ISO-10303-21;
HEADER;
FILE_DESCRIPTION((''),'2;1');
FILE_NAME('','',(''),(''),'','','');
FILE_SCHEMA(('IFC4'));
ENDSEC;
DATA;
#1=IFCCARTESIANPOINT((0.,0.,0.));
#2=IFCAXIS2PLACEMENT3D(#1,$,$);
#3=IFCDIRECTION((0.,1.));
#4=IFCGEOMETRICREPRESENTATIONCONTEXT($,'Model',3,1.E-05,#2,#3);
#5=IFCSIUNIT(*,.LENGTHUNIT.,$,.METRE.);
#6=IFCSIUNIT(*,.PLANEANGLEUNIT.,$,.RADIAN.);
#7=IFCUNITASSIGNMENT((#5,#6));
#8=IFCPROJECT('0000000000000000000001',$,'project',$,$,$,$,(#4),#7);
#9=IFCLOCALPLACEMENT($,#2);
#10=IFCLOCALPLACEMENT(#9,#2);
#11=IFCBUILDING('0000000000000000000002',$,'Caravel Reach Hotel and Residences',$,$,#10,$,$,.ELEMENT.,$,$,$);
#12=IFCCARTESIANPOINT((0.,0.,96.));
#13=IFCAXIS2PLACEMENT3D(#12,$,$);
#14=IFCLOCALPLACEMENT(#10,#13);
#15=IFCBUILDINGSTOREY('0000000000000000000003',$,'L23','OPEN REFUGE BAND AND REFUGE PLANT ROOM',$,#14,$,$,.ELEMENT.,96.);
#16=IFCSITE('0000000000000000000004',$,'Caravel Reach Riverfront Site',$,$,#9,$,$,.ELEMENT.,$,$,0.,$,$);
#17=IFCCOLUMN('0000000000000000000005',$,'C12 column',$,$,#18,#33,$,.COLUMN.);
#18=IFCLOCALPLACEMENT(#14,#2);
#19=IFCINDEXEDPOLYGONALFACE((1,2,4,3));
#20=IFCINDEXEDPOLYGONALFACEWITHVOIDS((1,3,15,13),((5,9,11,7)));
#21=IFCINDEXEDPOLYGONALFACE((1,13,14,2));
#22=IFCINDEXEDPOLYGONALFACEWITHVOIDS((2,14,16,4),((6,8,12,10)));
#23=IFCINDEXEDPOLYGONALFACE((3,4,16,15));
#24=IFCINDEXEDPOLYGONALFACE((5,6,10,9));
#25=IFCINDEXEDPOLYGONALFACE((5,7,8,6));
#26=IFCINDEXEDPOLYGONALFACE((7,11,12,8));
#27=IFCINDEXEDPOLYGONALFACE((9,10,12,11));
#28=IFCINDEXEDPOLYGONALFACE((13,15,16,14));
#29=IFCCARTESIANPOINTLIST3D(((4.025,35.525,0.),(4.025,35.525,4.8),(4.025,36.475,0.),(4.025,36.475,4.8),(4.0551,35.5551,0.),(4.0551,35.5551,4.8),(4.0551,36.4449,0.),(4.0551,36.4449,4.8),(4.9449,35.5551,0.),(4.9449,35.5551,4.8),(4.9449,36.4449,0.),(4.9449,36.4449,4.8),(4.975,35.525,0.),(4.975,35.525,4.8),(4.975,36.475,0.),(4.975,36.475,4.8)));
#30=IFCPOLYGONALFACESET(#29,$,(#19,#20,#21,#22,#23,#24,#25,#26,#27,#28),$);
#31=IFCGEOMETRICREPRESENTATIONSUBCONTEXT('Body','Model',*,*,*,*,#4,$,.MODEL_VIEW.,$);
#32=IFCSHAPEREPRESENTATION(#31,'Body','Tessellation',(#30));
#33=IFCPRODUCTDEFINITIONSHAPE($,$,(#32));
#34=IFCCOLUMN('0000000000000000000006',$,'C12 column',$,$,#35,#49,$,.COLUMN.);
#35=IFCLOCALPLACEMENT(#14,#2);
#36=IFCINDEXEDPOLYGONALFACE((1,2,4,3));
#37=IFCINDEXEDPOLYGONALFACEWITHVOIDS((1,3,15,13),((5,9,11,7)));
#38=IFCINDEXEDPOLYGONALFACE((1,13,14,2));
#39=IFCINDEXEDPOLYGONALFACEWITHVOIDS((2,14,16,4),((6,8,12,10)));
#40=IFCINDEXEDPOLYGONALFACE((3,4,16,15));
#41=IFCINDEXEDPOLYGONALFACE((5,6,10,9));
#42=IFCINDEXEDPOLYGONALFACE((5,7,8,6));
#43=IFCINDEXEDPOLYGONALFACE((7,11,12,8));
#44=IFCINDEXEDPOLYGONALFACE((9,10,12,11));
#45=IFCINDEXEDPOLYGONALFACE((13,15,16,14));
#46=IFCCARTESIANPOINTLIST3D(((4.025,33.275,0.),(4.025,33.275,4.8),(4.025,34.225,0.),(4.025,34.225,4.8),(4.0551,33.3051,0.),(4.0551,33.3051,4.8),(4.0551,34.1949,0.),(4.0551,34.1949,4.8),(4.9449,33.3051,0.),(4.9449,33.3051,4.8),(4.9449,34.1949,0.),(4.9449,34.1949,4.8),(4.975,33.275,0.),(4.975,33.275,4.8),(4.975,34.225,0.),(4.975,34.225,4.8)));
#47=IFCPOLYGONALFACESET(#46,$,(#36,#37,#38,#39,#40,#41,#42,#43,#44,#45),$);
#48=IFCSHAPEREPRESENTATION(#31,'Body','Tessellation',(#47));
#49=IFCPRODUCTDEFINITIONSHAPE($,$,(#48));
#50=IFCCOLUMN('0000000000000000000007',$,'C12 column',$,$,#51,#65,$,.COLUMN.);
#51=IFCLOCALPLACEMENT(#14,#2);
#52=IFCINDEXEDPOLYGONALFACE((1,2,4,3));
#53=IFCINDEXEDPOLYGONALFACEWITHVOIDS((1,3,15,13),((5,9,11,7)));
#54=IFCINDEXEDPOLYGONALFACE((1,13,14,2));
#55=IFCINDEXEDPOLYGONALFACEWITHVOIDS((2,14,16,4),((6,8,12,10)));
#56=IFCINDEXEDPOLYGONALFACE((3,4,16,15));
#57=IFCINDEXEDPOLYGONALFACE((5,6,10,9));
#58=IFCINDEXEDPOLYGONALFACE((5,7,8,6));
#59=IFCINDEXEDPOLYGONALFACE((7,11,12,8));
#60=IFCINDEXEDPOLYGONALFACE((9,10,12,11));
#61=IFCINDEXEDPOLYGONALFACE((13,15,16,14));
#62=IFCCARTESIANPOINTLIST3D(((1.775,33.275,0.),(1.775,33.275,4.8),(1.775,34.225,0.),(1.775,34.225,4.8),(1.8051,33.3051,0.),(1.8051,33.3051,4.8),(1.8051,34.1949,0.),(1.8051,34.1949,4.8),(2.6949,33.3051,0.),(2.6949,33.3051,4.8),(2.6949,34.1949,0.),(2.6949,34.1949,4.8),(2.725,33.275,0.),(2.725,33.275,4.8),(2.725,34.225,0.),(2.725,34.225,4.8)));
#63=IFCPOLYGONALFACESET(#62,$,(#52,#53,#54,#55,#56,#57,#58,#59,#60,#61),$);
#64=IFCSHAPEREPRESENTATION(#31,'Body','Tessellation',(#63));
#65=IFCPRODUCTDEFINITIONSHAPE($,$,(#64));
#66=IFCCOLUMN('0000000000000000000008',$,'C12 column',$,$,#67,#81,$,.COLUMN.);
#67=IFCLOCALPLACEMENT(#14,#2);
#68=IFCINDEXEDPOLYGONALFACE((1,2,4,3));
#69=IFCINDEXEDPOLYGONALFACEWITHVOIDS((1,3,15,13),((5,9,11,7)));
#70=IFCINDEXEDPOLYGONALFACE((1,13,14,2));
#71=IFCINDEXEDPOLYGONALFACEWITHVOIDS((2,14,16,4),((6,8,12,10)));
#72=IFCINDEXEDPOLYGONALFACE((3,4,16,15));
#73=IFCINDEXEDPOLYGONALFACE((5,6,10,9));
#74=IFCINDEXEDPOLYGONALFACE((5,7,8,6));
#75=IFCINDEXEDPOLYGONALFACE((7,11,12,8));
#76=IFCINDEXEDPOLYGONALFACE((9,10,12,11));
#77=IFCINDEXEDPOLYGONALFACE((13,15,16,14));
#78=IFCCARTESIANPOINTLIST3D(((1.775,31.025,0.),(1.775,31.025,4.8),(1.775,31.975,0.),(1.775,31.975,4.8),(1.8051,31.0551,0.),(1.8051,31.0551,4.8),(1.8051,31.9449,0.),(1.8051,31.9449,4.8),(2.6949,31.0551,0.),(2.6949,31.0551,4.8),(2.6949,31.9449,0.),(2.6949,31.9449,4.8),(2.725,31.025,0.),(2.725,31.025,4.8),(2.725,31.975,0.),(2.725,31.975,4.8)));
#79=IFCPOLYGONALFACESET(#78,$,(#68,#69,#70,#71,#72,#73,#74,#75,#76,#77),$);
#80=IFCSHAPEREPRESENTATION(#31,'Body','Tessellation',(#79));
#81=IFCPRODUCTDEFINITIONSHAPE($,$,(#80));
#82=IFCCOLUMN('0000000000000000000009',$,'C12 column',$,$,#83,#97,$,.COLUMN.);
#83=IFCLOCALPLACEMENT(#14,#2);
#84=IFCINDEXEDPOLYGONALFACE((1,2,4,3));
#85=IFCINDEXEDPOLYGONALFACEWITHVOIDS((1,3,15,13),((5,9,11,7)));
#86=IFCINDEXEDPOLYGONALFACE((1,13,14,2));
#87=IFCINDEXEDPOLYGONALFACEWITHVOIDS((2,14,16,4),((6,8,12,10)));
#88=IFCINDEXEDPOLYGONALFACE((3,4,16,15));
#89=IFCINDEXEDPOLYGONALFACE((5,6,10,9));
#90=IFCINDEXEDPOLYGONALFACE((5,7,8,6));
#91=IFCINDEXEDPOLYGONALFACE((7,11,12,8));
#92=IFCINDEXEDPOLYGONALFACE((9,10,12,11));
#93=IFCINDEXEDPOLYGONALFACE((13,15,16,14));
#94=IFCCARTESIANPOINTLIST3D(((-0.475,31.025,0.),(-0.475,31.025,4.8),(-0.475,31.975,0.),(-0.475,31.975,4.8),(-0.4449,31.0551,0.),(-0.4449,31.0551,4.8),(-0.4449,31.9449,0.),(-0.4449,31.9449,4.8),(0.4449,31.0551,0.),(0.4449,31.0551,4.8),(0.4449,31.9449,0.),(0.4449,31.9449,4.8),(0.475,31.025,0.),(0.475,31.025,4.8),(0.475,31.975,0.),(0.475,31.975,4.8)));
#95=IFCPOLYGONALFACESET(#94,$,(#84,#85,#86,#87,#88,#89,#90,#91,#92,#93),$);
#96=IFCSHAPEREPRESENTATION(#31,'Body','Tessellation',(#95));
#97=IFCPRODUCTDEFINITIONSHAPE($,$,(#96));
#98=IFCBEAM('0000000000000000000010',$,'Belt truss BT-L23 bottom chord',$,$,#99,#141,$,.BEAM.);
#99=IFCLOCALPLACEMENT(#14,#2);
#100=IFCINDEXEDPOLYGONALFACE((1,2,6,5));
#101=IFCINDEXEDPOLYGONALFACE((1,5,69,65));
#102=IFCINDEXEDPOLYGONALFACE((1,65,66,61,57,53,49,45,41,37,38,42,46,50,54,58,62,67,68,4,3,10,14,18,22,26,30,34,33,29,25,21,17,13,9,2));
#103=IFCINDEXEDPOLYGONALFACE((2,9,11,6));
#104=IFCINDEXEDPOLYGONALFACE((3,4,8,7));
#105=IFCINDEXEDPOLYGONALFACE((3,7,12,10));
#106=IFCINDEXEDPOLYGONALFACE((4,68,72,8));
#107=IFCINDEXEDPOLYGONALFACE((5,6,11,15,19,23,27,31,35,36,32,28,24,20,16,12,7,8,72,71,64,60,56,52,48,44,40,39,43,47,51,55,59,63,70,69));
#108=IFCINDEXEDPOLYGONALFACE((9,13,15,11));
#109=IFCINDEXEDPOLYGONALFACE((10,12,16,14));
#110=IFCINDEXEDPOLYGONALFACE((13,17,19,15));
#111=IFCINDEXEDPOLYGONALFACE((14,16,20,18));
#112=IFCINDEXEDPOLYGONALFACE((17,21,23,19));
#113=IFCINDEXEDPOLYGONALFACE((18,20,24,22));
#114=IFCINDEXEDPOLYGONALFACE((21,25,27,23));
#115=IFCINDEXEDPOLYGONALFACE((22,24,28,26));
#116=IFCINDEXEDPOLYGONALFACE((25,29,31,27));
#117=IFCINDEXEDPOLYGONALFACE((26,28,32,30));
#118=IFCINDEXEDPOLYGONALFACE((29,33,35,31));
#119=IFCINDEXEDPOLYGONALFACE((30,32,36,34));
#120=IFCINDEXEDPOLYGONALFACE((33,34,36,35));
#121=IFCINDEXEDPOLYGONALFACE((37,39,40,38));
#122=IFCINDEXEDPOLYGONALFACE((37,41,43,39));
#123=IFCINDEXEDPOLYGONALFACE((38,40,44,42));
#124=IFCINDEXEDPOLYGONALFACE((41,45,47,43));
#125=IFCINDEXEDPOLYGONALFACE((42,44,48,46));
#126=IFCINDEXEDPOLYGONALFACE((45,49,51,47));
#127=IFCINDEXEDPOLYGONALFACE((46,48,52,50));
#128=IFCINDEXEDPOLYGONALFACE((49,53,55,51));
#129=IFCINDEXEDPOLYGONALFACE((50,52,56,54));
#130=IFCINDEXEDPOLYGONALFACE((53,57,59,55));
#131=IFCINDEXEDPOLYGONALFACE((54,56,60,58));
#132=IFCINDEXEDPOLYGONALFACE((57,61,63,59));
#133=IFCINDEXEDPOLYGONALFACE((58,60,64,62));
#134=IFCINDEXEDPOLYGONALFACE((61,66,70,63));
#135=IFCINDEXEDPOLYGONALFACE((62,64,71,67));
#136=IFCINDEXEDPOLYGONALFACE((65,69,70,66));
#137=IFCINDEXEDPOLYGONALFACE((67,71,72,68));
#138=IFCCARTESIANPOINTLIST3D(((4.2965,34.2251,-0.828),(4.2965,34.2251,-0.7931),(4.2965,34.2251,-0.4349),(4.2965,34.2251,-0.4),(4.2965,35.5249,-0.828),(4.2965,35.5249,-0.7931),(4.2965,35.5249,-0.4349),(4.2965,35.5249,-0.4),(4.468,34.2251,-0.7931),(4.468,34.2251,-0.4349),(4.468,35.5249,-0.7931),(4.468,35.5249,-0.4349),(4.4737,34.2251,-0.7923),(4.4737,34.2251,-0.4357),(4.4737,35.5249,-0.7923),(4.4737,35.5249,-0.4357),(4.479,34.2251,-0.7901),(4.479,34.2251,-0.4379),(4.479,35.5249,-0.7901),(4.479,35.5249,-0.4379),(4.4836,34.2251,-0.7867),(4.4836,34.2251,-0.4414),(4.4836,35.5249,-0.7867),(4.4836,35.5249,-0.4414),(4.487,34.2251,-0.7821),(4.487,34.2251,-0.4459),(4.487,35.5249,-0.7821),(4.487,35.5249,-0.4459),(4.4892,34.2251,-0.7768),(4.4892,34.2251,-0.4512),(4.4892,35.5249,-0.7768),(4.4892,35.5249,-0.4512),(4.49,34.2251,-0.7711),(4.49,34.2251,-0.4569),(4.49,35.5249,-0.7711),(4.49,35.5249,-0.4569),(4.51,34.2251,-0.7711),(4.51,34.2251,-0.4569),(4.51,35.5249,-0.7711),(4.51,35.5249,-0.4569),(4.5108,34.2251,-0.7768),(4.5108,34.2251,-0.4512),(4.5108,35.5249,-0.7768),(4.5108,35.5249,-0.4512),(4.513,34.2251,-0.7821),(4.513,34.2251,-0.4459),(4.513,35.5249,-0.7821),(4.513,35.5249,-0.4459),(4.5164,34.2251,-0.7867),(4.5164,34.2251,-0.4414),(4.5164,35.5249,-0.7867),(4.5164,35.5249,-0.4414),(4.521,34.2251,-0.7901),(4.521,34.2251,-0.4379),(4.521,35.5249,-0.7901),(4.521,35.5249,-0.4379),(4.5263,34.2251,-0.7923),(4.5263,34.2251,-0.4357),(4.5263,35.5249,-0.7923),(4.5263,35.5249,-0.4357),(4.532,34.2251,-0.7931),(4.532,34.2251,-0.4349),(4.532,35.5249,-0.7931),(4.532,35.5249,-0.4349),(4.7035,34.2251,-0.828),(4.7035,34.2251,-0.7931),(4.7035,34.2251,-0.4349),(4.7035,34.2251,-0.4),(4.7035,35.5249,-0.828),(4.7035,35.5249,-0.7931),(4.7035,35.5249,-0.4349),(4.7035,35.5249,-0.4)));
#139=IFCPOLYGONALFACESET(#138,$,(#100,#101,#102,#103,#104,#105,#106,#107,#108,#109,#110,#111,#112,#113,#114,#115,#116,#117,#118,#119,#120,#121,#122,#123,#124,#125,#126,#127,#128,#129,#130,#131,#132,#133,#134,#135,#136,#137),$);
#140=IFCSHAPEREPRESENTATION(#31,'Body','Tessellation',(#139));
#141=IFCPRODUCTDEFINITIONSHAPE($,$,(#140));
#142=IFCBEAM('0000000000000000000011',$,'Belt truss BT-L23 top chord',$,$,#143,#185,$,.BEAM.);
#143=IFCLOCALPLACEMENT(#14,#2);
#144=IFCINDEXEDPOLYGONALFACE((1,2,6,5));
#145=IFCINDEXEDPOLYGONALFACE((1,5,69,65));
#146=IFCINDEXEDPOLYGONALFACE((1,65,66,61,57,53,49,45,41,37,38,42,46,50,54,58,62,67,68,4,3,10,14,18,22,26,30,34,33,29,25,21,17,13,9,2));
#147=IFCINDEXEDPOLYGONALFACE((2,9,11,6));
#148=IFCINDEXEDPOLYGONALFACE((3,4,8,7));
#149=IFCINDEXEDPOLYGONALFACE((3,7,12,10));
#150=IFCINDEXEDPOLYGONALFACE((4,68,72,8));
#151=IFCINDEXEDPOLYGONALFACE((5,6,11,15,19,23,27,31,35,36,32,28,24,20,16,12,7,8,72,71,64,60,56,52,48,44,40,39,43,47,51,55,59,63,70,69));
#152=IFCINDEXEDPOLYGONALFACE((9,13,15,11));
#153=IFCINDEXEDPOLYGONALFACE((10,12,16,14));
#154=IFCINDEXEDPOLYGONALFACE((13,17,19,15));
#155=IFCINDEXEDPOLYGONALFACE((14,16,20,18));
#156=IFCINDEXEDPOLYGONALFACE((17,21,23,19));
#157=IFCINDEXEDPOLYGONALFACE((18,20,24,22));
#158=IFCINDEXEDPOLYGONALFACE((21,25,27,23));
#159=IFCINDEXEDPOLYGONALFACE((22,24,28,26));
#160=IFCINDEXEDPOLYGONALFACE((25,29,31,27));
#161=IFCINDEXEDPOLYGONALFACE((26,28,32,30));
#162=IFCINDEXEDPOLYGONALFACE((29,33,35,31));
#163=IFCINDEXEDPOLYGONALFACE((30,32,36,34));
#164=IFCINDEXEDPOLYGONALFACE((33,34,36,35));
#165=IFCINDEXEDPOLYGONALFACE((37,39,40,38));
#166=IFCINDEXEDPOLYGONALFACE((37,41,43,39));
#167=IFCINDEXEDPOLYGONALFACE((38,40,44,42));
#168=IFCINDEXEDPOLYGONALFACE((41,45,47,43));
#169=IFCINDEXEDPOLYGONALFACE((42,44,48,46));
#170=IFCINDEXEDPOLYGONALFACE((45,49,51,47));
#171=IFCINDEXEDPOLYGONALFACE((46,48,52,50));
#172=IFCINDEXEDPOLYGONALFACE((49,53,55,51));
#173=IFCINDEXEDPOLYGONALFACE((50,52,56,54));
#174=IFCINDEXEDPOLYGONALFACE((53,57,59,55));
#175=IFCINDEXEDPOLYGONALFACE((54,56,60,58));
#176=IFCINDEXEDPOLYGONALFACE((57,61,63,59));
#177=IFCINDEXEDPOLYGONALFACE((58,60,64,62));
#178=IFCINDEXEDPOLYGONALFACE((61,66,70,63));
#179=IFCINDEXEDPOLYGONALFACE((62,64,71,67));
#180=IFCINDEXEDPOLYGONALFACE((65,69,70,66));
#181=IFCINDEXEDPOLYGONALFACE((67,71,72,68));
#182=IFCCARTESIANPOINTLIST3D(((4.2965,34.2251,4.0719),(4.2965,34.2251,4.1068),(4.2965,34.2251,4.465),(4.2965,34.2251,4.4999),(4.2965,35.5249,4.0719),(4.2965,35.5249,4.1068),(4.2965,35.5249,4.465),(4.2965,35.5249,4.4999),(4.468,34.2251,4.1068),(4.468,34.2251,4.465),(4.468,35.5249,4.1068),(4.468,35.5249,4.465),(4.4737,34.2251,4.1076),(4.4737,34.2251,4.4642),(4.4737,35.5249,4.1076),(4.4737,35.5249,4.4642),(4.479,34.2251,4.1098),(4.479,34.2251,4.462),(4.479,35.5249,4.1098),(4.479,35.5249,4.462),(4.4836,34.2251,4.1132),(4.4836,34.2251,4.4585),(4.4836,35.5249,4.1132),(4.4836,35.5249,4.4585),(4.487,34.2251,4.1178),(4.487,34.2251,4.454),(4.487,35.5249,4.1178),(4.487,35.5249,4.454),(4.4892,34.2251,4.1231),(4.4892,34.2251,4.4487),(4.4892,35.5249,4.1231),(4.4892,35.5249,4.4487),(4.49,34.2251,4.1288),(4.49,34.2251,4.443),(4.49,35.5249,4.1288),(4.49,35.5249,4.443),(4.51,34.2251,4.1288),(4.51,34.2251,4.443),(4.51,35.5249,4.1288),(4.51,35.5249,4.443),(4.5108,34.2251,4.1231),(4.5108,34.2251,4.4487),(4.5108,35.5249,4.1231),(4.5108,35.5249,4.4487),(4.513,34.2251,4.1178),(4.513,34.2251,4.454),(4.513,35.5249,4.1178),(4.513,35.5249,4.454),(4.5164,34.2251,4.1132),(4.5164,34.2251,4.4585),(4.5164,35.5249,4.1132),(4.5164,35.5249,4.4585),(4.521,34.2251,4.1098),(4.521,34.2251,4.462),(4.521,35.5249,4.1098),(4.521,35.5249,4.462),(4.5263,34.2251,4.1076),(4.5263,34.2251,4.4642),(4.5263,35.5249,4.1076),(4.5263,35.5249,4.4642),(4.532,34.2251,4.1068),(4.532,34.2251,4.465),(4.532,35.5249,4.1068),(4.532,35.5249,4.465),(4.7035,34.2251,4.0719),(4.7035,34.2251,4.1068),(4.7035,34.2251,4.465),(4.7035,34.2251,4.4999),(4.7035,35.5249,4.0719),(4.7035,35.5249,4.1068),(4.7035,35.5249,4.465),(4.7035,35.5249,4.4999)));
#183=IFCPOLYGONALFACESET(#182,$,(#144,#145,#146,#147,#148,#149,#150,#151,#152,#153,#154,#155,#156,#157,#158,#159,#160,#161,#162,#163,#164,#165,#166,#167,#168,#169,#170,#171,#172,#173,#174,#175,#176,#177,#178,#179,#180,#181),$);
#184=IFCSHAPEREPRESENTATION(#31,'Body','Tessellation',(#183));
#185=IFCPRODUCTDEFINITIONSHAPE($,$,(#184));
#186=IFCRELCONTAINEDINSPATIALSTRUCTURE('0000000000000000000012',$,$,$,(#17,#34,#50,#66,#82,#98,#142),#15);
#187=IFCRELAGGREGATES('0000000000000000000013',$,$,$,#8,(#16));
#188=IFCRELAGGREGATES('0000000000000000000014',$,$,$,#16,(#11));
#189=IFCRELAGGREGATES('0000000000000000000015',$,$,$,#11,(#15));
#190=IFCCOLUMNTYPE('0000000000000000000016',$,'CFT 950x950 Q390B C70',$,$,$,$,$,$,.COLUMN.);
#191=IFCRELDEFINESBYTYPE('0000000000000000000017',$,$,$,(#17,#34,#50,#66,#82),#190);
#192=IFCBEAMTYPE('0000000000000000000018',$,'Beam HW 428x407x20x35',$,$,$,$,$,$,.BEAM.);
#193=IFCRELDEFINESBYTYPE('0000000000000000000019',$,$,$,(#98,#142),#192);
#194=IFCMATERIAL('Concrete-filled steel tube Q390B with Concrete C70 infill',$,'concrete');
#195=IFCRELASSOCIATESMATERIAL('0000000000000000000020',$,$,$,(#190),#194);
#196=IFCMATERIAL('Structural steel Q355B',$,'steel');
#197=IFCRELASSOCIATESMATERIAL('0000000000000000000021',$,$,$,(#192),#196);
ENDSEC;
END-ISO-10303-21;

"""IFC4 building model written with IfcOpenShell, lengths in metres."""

from ifc_helpers import new_model, si_unit, direction, frame, origin, origin_2d, place, context, subcontext, project, spatial, hollow_rectangle, i_section, extrude, material, material_profile, profile_set, type_object, element, save


model = new_model("IFC4")

# Units and contexts
model_context = context("Model", 3, precision=1e-05, world=origin(), true_north=direction((0.0, 1.0)))
body_context = subcontext(model_context, "Body", "Model", "MODEL_VIEW")
ifc_project = project(units=[si_unit("LENGTHUNIT", "METRE"), si_unit("PLANEANGLEUNIT", "RADIAN")], contexts=[model_context])

# Site, building, storey
site_placement = place(None, origin())
site = spatial("IfcSite", under=ifc_project, at=site_placement, Name="Caravel Reach Riverfront Site", CompositionType="ELEMENT", RefElevation=0.0)
building_placement = place(site_placement, origin())
building = spatial("IfcBuilding", under=site, at=building_placement, Name="Caravel Reach Hotel and Residences", CompositionType="ELEMENT")
storey_placement = place(building_placement, frame((0.0, 0.0, 96.0)))
storey = spatial("IfcBuildingStorey", under=building, at=storey_placement, Name="L23", Description="OPEN REFUGE BAND AND REFUGE PLANT ROOM", CompositionType="ELEMENT", Elevation=96.0)

# Columns
ifc_material_1 = material(Name="Concrete-filled steel tube Q390B with Concrete C70 infill", Category="concrete")
ifc_material_profile_1 = material_profile(ifc_material_1, hollow_rectangle(XDim=0.95, YDim=0.95, WallThickness=0.03, at=origin_2d()), Name="RHS 950x950x30")
ifc_profile_set_1 = profile_set([ifc_material_profile_1], Name="Concrete-filled steel tube Q390B with Concrete C70 infill")
column_type = type_object("IfcColumnType", Name="CFT 950x950 Q390B C70", PredefinedType="COLUMN", material=ifc_profile_set_1)
for number, where, z_axis, x_axis, name in (
    (1, (4.5, 36.0, 0.0), (0.0, 0.0, 1.0), (1.0, 0.0, 0.0), "C12 column"),
    (2, (4.5, 33.75, 0.0), (0.0, 0.0, 1.0), (1.0, 0.0, 0.0), "C12 column"),
    (3, (2.25, 33.75, 0.0), (0.0, 0.0, 1.0), (1.0, 0.0, 0.0), "C12 column"),
    (4, (2.25, 31.5, 0.0), (0.0, 0.0, 1.0), (1.0, 0.0, 0.0), "C12 column"),
    (5, (0.0, 31.5, 0.0), (0.0, 0.0, 1.0), (1.0, 0.0, 0.0), "C12 column"),
):
    element("IfcColumn", number, at=place(storey_placement, frame(where, z_axis=z_axis, x_axis=x_axis)), inside=storey, type_object=column_type, Name=name, PredefinedType="COLUMN", context=body_context, shape_type="SweptSolid", body=[
        extrude(hollow_rectangle(XDim=0.95, YDim=0.95, WallThickness=0.03, at=origin_2d()), origin(), (0.0, 0.0, 1.0), 4.8),
    ])

# Beams
ifc_material_2 = material(Name="Structural steel Q355B", Category="steel")
ifc_material_profile_2 = material_profile(ifc_material_2, i_section(OverallWidth=0.407, OverallDepth=0.428, WebThickness=0.02, FlangeThickness=0.0349, FilletRadius=0.022, at=origin_2d()), Name="HW 428x407x20x35")
ifc_profile_set_2 = profile_set([ifc_material_profile_2], Name="Structural steel Q355B")
beam_type = type_object("IfcBeamType", Name="Beam HW 428x407x20x35", PredefinedType="BEAM", material=ifc_profile_set_2)
for number, where, z_axis, x_axis, name in (
    (6, (4.5, 35.5249, -0.614), (0.0, -1.0, 0.0), (1.0, 0.0, 0.0), "Belt truss BT-L23 bottom chord"),
    (7, (4.5, 35.5249, 4.2859), (0.0, -1.0, 0.0), (1.0, 0.0, 0.0), "Belt truss BT-L23 top chord"),
):
    element("IfcBeam", number, at=place(storey_placement, frame(where, z_axis=z_axis, x_axis=x_axis)), inside=storey, type_object=beam_type, Name=name, PredefinedType="BEAM", context=body_context, shape_type="SweptSolid", body=[
        extrude(i_section(OverallWidth=0.407, OverallDepth=0.428, WebThickness=0.02, FlangeThickness=0.0349, FilletRadius=0.022, at=origin_2d()), origin(), (0.0, 0.0, 1.0), 1.2998),
    ])

save(model, "model.ifc")
